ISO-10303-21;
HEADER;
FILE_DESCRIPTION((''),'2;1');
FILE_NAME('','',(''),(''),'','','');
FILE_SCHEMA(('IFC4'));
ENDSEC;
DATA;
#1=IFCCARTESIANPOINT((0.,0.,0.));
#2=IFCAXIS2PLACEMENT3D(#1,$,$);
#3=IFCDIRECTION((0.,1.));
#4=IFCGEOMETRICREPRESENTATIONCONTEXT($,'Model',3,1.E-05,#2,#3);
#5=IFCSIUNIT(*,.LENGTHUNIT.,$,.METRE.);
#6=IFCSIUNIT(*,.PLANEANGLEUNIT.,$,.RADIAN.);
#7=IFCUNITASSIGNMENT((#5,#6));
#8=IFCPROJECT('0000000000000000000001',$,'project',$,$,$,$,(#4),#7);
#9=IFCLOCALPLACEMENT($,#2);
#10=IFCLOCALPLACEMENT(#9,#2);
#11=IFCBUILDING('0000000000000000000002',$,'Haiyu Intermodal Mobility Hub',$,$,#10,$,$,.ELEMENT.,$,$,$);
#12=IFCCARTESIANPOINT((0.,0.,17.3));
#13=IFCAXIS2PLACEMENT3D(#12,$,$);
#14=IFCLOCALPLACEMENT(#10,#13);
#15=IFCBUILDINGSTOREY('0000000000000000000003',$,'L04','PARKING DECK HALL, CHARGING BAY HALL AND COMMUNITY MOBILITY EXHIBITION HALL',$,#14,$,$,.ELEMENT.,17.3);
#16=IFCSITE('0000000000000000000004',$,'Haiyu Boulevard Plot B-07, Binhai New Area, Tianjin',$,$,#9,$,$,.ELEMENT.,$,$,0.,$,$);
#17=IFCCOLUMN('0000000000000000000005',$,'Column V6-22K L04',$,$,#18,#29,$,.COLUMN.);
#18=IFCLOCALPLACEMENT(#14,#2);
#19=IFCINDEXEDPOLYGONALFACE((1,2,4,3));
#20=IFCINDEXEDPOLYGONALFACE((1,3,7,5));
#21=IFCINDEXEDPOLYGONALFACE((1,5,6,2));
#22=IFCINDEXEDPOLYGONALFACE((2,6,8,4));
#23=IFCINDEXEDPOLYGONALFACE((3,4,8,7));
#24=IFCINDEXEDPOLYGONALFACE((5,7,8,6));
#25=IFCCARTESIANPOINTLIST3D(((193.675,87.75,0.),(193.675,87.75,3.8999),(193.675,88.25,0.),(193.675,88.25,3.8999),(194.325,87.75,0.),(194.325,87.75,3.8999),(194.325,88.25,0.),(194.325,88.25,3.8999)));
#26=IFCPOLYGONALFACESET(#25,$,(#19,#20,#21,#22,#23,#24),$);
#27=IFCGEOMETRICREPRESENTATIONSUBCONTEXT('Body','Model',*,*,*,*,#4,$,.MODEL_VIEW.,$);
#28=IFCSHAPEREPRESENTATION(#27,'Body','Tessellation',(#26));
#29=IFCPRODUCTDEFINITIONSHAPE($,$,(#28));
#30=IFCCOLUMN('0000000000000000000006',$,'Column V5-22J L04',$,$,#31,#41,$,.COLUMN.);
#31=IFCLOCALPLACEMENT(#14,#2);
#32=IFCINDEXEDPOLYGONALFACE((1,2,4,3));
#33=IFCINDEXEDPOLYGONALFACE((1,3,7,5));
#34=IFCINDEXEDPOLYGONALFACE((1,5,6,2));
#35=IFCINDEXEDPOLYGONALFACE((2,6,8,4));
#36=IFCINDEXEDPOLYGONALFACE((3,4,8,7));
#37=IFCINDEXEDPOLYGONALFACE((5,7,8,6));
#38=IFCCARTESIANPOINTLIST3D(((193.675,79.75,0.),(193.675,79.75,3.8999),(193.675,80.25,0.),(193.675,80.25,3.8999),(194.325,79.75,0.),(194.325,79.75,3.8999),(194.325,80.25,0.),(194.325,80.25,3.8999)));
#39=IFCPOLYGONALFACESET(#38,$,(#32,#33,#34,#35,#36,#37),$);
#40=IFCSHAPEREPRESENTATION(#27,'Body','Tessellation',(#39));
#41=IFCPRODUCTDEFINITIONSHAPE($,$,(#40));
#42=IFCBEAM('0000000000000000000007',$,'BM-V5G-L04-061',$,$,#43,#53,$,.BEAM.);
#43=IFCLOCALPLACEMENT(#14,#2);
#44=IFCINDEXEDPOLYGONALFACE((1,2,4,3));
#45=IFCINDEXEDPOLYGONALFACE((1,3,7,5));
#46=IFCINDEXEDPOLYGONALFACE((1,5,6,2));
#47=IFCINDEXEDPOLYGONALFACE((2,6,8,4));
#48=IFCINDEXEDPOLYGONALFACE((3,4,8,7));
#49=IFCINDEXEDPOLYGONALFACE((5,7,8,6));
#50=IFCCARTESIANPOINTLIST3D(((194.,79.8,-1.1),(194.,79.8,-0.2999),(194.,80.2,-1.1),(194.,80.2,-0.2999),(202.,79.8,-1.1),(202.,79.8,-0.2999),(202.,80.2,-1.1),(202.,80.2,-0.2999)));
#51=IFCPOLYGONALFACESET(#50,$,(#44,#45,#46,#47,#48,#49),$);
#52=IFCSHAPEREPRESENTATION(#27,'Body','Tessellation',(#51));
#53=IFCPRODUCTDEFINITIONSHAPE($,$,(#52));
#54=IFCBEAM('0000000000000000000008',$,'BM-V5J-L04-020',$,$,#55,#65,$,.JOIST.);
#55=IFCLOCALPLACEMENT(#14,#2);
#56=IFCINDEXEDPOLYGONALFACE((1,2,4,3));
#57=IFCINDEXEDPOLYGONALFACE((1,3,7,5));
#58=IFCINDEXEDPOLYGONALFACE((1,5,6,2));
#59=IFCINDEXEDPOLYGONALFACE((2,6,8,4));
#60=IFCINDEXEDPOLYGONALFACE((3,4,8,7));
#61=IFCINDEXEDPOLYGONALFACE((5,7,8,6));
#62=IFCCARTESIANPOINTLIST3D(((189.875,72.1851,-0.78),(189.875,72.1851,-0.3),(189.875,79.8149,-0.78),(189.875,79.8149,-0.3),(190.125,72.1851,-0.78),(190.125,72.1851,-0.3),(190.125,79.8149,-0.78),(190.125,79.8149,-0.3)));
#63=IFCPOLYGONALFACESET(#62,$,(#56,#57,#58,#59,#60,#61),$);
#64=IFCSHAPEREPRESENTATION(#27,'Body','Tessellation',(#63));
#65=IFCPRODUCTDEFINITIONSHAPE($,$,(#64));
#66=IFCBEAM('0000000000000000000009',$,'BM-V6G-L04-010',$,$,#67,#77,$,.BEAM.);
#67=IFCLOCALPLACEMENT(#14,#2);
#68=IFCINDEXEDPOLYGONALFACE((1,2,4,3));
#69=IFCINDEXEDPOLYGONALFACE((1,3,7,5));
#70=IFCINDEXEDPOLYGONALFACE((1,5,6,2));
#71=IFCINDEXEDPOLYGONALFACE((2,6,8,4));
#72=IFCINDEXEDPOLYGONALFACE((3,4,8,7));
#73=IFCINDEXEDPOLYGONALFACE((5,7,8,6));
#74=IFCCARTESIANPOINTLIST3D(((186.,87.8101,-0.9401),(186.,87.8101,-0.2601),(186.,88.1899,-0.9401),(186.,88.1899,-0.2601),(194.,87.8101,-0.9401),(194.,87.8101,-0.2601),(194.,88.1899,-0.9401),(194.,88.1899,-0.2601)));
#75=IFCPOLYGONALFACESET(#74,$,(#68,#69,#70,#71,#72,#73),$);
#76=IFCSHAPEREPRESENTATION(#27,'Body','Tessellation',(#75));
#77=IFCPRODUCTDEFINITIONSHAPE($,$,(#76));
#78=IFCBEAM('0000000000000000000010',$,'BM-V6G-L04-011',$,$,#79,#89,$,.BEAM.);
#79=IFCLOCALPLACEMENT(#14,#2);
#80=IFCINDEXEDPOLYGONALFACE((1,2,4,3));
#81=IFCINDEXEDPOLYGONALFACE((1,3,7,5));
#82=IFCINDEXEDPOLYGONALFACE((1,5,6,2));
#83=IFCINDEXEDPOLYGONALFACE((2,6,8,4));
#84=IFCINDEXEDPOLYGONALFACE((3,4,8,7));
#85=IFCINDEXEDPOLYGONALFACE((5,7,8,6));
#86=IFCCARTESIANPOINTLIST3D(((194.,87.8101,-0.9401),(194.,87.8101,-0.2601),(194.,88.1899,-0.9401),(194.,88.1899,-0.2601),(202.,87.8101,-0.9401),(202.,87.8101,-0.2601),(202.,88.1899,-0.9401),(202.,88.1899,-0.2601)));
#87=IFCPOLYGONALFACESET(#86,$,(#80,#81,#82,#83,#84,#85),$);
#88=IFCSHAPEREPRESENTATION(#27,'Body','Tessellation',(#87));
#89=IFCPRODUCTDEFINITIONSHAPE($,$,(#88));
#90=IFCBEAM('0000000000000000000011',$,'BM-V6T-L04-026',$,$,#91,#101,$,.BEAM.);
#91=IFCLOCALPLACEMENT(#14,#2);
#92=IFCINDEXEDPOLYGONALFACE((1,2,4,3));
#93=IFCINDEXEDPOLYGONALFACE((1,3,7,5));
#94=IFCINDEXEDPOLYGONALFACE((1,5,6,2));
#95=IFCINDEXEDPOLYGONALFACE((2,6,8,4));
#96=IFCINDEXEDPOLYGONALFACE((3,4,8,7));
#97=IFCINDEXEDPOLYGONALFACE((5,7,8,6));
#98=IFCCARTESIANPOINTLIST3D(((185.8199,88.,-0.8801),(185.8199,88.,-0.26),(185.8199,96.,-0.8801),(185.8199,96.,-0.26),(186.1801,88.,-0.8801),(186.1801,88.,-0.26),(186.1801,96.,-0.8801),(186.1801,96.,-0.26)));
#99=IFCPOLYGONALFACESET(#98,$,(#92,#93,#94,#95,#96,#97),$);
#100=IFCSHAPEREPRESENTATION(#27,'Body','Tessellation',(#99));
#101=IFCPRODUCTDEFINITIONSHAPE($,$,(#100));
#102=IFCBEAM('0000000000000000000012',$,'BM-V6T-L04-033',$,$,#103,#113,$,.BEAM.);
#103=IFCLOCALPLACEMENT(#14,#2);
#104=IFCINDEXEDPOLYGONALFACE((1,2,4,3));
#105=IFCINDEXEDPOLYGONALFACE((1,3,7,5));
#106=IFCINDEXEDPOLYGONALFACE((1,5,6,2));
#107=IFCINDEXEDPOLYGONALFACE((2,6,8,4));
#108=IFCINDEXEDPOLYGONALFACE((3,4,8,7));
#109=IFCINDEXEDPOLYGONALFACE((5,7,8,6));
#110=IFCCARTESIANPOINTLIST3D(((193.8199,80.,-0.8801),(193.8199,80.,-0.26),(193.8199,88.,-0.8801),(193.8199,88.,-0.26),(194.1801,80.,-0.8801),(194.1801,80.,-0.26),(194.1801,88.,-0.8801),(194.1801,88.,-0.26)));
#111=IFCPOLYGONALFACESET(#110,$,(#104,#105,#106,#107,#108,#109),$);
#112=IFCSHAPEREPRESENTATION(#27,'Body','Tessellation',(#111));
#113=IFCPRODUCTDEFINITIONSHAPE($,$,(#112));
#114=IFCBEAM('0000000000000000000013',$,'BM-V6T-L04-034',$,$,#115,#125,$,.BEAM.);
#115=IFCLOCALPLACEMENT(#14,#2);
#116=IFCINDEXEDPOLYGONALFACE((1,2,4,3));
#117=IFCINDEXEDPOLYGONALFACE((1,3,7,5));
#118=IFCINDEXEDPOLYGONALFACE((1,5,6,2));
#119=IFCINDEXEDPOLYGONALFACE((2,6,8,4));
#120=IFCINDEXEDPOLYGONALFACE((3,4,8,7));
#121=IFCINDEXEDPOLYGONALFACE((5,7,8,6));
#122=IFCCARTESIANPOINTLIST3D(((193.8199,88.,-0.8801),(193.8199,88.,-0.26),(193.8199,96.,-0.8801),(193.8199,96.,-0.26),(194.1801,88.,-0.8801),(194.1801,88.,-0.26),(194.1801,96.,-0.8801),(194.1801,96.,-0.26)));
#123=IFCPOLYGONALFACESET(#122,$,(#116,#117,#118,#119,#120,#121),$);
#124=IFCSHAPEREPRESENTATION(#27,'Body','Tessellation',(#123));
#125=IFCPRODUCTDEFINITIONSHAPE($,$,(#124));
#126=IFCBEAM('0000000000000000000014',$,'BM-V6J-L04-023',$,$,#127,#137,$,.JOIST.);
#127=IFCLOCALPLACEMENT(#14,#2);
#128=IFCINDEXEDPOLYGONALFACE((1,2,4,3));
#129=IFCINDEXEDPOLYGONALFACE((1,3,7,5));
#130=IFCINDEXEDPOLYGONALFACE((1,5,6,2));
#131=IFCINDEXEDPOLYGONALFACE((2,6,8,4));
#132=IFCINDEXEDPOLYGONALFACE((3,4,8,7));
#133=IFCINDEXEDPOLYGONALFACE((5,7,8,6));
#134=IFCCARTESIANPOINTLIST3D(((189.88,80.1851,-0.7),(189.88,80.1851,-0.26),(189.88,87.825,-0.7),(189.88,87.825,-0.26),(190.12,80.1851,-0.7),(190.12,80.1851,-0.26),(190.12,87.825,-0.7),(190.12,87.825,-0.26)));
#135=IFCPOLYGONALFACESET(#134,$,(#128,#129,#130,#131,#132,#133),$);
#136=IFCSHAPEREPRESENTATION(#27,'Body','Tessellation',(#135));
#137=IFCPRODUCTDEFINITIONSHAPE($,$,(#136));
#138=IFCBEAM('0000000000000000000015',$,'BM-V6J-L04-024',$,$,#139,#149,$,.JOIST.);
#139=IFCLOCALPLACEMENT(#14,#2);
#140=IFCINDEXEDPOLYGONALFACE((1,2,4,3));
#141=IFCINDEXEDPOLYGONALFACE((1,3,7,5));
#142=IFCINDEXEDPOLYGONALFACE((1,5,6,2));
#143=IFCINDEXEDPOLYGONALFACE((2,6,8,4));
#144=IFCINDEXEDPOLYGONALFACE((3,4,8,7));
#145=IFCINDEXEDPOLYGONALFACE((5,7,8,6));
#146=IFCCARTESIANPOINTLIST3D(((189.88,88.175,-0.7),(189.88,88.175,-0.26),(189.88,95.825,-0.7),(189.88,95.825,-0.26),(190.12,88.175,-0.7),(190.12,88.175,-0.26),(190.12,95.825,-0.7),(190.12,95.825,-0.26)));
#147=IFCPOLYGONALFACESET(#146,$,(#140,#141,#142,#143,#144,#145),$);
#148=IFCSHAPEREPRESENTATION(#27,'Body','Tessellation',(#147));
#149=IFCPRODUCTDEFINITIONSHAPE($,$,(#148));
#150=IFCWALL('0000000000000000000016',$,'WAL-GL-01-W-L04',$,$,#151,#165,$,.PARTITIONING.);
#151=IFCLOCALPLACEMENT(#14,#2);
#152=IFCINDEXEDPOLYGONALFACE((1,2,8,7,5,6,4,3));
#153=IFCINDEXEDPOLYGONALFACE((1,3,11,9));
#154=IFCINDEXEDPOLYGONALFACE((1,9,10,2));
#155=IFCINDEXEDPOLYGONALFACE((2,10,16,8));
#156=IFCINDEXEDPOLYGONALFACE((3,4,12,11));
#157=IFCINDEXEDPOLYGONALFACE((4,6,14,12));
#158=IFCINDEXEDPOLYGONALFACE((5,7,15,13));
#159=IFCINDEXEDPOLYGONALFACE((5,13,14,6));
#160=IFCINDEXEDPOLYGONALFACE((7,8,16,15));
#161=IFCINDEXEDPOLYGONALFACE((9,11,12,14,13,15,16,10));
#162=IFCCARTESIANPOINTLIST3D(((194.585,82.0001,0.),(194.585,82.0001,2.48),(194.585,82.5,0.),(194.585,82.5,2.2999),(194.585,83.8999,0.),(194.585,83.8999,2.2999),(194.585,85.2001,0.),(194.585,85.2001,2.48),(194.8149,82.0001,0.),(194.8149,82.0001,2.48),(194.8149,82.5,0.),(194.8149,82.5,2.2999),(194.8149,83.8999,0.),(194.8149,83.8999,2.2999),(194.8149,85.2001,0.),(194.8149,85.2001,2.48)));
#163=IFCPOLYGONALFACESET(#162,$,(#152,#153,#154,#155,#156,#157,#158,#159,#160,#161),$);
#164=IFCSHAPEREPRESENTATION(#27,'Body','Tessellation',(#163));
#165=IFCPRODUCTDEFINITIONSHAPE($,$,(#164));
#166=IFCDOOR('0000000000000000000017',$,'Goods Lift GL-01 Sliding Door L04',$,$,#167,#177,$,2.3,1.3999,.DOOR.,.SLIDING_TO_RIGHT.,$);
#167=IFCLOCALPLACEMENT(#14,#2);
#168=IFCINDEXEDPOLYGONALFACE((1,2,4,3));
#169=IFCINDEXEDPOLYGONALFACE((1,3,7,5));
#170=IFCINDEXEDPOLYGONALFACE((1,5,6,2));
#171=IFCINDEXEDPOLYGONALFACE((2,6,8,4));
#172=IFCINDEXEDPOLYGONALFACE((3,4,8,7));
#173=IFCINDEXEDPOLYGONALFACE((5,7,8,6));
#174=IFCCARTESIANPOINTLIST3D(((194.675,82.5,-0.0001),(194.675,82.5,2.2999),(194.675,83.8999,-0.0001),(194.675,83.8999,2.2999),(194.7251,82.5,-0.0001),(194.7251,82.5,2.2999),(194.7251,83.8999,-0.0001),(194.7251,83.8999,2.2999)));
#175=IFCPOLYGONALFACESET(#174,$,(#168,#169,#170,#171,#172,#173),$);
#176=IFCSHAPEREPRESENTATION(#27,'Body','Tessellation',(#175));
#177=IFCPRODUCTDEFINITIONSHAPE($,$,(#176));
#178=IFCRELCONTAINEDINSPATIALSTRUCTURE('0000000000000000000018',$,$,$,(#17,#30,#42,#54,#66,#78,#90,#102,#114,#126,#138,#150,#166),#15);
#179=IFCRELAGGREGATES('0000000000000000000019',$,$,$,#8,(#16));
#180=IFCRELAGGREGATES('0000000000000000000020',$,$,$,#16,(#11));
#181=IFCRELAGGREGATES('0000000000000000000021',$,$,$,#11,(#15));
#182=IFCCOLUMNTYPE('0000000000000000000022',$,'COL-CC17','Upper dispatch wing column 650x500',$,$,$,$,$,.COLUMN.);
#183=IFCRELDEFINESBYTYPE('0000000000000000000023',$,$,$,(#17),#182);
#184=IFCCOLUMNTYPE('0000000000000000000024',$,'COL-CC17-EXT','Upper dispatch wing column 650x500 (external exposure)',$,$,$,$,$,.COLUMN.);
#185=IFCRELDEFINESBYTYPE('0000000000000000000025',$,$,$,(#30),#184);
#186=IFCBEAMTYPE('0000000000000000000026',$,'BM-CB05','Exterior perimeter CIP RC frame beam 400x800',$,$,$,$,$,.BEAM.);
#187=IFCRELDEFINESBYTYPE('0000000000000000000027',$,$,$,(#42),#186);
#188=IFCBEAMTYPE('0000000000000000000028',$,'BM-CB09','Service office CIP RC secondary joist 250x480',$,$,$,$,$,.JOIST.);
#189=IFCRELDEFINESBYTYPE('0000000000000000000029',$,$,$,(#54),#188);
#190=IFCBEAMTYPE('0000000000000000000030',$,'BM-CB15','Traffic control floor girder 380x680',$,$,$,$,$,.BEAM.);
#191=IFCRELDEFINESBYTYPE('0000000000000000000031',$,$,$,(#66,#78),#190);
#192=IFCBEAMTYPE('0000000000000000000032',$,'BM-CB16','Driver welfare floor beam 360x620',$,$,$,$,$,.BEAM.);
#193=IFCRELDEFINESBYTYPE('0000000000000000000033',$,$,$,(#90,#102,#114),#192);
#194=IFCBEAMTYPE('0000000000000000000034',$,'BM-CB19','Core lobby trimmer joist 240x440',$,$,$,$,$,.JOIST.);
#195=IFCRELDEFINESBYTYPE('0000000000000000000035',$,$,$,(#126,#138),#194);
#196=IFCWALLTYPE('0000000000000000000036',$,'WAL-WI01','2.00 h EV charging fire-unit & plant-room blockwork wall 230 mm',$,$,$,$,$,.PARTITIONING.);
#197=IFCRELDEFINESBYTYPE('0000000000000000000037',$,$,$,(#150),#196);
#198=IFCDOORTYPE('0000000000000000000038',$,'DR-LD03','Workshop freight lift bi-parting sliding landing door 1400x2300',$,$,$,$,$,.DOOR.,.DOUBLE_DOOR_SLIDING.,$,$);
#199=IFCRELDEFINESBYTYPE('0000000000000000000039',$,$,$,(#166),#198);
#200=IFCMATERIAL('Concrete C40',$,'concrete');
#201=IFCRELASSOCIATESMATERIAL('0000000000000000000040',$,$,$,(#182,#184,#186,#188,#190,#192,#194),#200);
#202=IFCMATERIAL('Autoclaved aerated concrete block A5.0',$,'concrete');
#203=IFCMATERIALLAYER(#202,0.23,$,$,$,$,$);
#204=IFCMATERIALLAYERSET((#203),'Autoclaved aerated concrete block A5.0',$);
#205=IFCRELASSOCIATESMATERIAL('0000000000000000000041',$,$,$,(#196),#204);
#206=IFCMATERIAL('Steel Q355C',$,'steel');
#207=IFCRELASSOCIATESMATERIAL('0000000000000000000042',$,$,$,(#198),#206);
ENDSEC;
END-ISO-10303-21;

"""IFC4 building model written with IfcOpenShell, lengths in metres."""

from ifc_helpers import new_model, si_unit, direction, frame, frame_2d, origin, origin_2d, place, context, subcontext, project, spatial, rectangle, extrude, material, layer, layer_set, material_profile, profile_set, type_object, element, fill, save


model = new_model("IFC4")

# Units and contexts
model_context = context("Model", 3, precision=1e-05, world=origin(), true_north=direction((0.0, 1.0)))
body_context = subcontext(model_context, "Body", "Model", "MODEL_VIEW")
ifc_project = project(units=[si_unit("LENGTHUNIT", "METRE"), si_unit("PLANEANGLEUNIT", "RADIAN")], contexts=[model_context])

# Site, building, storey
site_placement = place(None, origin())
site = spatial("IfcSite", under=ifc_project, at=site_placement, Name="Haiyu Boulevard Plot B-07, Binhai New Area, Tianjin", CompositionType="ELEMENT", RefElevation=0.0)
building_placement = place(site_placement, origin())
building = spatial("IfcBuilding", under=site, at=building_placement, Name="Haiyu Intermodal Mobility Hub", CompositionType="ELEMENT")
storey_placement = place(building_placement, frame((0.0, 0.0, 17.3)))
storey = spatial("IfcBuildingStorey", under=building, at=storey_placement, Name="L04", Description="PARKING DECK HALL, CHARGING BAY HALL AND COMMUNITY MOBILITY EXHIBITION HALL", CompositionType="ELEMENT", Elevation=17.3)

# Columns
ifc_material_1 = material(Name="Concrete C40", Category="concrete")
ifc_material_profile_1 = material_profile(ifc_material_1, rectangle(XDim=0.6499, YDim=0.5, at=origin_2d()), Name="C650x500")
ifc_profile_set_1 = profile_set([ifc_material_profile_1], Name="Concrete C40")
column_type_1 = type_object("IfcColumnType", Name="COL-CC17", Description="Upper dispatch wing column 650x500", PredefinedType="COLUMN", material=ifc_profile_set_1)
column_1_placement = place(storey_placement, frame((194.0, 88.0, 0.0), z_axis=(0.0, 0.0, 1.0), x_axis=(1.0, 0.0, 0.0)))
element("IfcColumn", 1, at=column_1_placement, inside=storey, type_object=column_type_1, Name="Column V6-22K L04", PredefinedType="COLUMN", context=body_context, shape_type="SweptSolid", body=[
    extrude(rectangle(XDim=0.6499, YDim=0.5, at=origin_2d()), origin(), (0.0, 0.0, 1.0), 3.8999),
])
ifc_material_profile_2 = material_profile(ifc_material_1, rectangle(XDim=0.6499, YDim=0.5, at=origin_2d()), Name="C650x500")
ifc_profile_set_2 = profile_set([ifc_material_profile_2], Name="Concrete C40")
column_type_2 = type_object("IfcColumnType", Name="COL-CC17-EXT", Description="Upper dispatch wing column 650x500 (external exposure)", PredefinedType="COLUMN", material=ifc_profile_set_2)
column_2_placement = place(storey_placement, frame((194.0, 80.0, 0.0), z_axis=(0.0, 0.0, 1.0), x_axis=(1.0, 0.0, 0.0)))
element("IfcColumn", 2, at=column_2_placement, inside=storey, type_object=column_type_2, Name="Column V5-22J L04", PredefinedType="COLUMN", context=body_context, shape_type="SweptSolid", body=[
    extrude(rectangle(XDim=0.6499, YDim=0.5, at=origin_2d()), origin(), (0.0, 0.0, 1.0), 3.8999),
])

# Beams
ifc_material_profile_3 = material_profile(ifc_material_1, rectangle(XDim=0.3999, YDim=0.8, at=origin_2d()), Name="RCB400x800")
ifc_profile_set_3 = profile_set([ifc_material_profile_3], Name="Concrete C40")
beam_type_1 = type_object("IfcBeamType", Name="BM-CB05", Description="Exterior perimeter CIP RC frame beam 400x800", PredefinedType="BEAM", material=ifc_profile_set_3)
beam_1_placement = place(storey_placement, frame((194.0, 80.0, -0.7), z_axis=(1.0, 0.0, 0.0), x_axis=(0.0, 1.0, 0.0)))
element("IfcBeam", 3, at=beam_1_placement, inside=storey, type_object=beam_type_1, Name="BM-V5G-L04-061", PredefinedType="BEAM", context=body_context, shape_type="SweptSolid", body=[
    extrude(rectangle(XDim=0.3999, YDim=0.8, at=origin_2d()), origin(), (0.0, 0.0, 1.0), 8.0),
])
ifc_material_profile_4 = material_profile(ifc_material_1, rectangle(XDim=0.25, YDim=0.48, at=origin_2d()), Name="RCB250x480")
ifc_profile_set_4 = profile_set([ifc_material_profile_4], Name="Concrete C40")
beam_type_2 = type_object("IfcBeamType", Name="BM-CB09", Description="Service office CIP RC secondary joist 250x480", PredefinedType="JOIST", material=ifc_profile_set_4)
beam_2_placement = place(storey_placement, frame((190.0, 72.1851, -0.54), z_axis=(0.0, 1.0, 0.0), x_axis=(-1.0, 0.0, 0.0)))
element("IfcBeam", 4, at=beam_2_placement, inside=storey, type_object=beam_type_2, Name="BM-V5J-L04-020", PredefinedType="JOIST", context=body_context, shape_type="SweptSolid", body=[
    extrude(rectangle(XDim=0.25, YDim=0.48, at=origin_2d()), origin(), (0.0, 0.0, 1.0), 7.6299),
])
ifc_material_profile_5 = material_profile(ifc_material_1, rectangle(XDim=0.3799, YDim=0.6799, at=origin_2d()), Name="B380x680")
ifc_profile_set_5 = profile_set([ifc_material_profile_5], Name="Concrete C40")
beam_type_3 = type_object("IfcBeamType", Name="BM-CB15", Description="Traffic control floor girder 380x680", PredefinedType="BEAM", material=ifc_profile_set_5)
for number, where, z_axis, x_axis, name in (
    (5, (186.0, 88.0, -0.6001), (1.0, 0.0, 0.0), (0.0, 1.0, 0.0), "BM-V6G-L04-010"),
    (6, (194.0, 88.0, -0.6001), (1.0, 0.0, 0.0), (0.0, 1.0, 0.0), "BM-V6G-L04-011"),
):
    element("IfcBeam", number, at=place(storey_placement, frame(where, z_axis=z_axis, x_axis=x_axis)), inside=storey, type_object=beam_type_3, Name=name, PredefinedType="BEAM", context=body_context, shape_type="SweptSolid", body=[
        extrude(rectangle(XDim=0.3799, YDim=0.6799, at=origin_2d()), origin(), (0.0, 0.0, 1.0), 8.0),
    ])
ifc_material_profile_6 = material_profile(ifc_material_1, rectangle(XDim=0.3601, YDim=0.6201, at=origin_2d()), Name="B360x620")
ifc_profile_set_6 = profile_set([ifc_material_profile_6], Name="Concrete C40")
beam_type_4 = type_object("IfcBeamType", Name="BM-CB16", Description="Driver welfare floor beam 360x620", PredefinedType="BEAM", material=ifc_profile_set_6)
for number, where, z_axis, x_axis, name in (
    (7, (186.0, 88.0, -0.5701), (0.0, 1.0, 0.0), (-1.0, 0.0, 0.0), "BM-V6T-L04-026"),
    (8, (194.0, 80.0, -0.5701), (0.0, 1.0, 0.0), (-1.0, 0.0, 0.0), "BM-V6T-L04-033"),
    (9, (194.0, 88.0, -0.5701), (0.0, 1.0, 0.0), (-1.0, 0.0, 0.0), "BM-V6T-L04-034"),
):
    element("IfcBeam", number, at=place(storey_placement, frame(where, z_axis=z_axis, x_axis=x_axis)), inside=storey, type_object=beam_type_4, Name=name, PredefinedType="BEAM", context=body_context, shape_type="SweptSolid", body=[
        extrude(rectangle(XDim=0.3601, YDim=0.6201, at=origin_2d()), origin(), (0.0, 0.0, 1.0), 8.0),
    ])
ifc_material_profile_7 = material_profile(ifc_material_1, rectangle(XDim=0.24, YDim=0.4399, at=origin_2d()), Name="B240x440")
ifc_profile_set_7 = profile_set([ifc_material_profile_7], Name="Concrete C40")
beam_type_5 = type_object("IfcBeamType", Name="BM-CB19", Description="Core lobby trimmer joist 240x440", PredefinedType="JOIST", material=ifc_profile_set_7)
beam_3_placement = place(storey_placement, frame((190.0, 80.1851, -0.48), z_axis=(0.0, 1.0, 0.0), x_axis=(-1.0, 0.0, 0.0)))
element("IfcBeam", 10, at=beam_3_placement, inside=storey, type_object=beam_type_5, Name="BM-V6J-L04-023", PredefinedType="JOIST", context=body_context, shape_type="SweptSolid", body=[
    extrude(rectangle(XDim=0.24, YDim=0.4399, at=origin_2d()), origin(), (0.0, 0.0, 1.0), 7.6399),
])
beam_4_placement = place(storey_placement, frame((190.0, 88.175, -0.48), z_axis=(0.0, 1.0, 0.0), x_axis=(-1.0, 0.0, 0.0)))
element("IfcBeam", 11, at=beam_4_placement, inside=storey, type_object=beam_type_5, Name="BM-V6J-L04-024", PredefinedType="JOIST", context=body_context, shape_type="SweptSolid", body=[
    extrude(rectangle(XDim=0.24, YDim=0.4399, at=origin_2d()), origin(), (0.0, 0.0, 1.0), 7.6499),
])

# Wall, opening, door
ifc_material_2 = material(Name="Autoclaved aerated concrete block A5.0", Category="concrete")
ifc_layer_1 = layer(ifc_material_2, 0.23)
ifc_layer_set_1 = layer_set([ifc_layer_1], Name="Autoclaved aerated concrete block A5.0")
wall_type_1 = type_object("IfcWallType", Name="WAL-WI01", Description="2.00 h EV charging fire-unit & plant-room blockwork wall 230 mm", PredefinedType="PARTITIONING", material=ifc_layer_set_1)
wall_1_placement = place(storey_placement, frame((194.7, 82.0, 0.0), z_axis=(0.0, 0.0, 1.0), x_axis=(0.0, 1.0, 0.0)))
wall_1 = element("IfcWall", 12, at=wall_1_placement, inside=storey, type_object=wall_type_1, Name="WAL-GL-01-W-L04", PredefinedType="PARTITIONING", context=body_context, shape_type="SweptSolid", body=[
    extrude(rectangle(XDim=3.2, YDim=0.23, at=frame_2d((1.6001, 0.0))), origin(), (0.0, 0.0, 1.0), 2.48),
])
opening_1_placement = place(wall_1_placement, frame((0.5, 0.0, 0.0)))
opening_1 = element("IfcOpeningElement", 13, at=opening_1_placement, cuts=wall_1, PredefinedType="OPENING", context=body_context, shape_type="SweptSolid", body=[
    extrude(rectangle(XDim=1.3999, YDim=2.3, at=frame_2d((0.7, 1.1499))), frame((0.0, 0.125, 0.0), z_axis=(0.0, -1.0, 0.0), x_axis=(1.0, 0.0, 0.0)), (0.0, 0.0, 1.0), 0.25),
])
ifc_material_3 = material(Name="Steel Q355C", Category="steel")
door_type_1 = type_object("IfcDoorType", Name="DR-LD03", Description="Workshop freight lift bi-parting sliding landing door 1400x2300", OperationType="DOUBLE_DOOR_SLIDING", PredefinedType="DOOR", material=ifc_material_3)
door_1_placement = place(opening_1_placement, origin())
door_1 = element("IfcDoor", 14, at=door_1_placement, inside=storey, type_object=door_type_1, Name="Goods Lift GL-01 Sliding Door L04", OperationType="SLIDING_TO_RIGHT", OverallHeight=2.3, OverallWidth=1.3999, PredefinedType="DOOR", context=body_context, shape_type="SweptSolid", body=[
    extrude(rectangle(XDim=1.3999, YDim=2.3, at=frame_2d((0.7, 1.1499))), frame((0.0, 0.0249, 0.0), z_axis=(0.0, -1.0, 0.0), x_axis=(1.0, 0.0, 0.0)), (0.0, 0.0, 1.0), 0.05),
])
fill(opening_1, door_1)

save(model, "model.ifc")
